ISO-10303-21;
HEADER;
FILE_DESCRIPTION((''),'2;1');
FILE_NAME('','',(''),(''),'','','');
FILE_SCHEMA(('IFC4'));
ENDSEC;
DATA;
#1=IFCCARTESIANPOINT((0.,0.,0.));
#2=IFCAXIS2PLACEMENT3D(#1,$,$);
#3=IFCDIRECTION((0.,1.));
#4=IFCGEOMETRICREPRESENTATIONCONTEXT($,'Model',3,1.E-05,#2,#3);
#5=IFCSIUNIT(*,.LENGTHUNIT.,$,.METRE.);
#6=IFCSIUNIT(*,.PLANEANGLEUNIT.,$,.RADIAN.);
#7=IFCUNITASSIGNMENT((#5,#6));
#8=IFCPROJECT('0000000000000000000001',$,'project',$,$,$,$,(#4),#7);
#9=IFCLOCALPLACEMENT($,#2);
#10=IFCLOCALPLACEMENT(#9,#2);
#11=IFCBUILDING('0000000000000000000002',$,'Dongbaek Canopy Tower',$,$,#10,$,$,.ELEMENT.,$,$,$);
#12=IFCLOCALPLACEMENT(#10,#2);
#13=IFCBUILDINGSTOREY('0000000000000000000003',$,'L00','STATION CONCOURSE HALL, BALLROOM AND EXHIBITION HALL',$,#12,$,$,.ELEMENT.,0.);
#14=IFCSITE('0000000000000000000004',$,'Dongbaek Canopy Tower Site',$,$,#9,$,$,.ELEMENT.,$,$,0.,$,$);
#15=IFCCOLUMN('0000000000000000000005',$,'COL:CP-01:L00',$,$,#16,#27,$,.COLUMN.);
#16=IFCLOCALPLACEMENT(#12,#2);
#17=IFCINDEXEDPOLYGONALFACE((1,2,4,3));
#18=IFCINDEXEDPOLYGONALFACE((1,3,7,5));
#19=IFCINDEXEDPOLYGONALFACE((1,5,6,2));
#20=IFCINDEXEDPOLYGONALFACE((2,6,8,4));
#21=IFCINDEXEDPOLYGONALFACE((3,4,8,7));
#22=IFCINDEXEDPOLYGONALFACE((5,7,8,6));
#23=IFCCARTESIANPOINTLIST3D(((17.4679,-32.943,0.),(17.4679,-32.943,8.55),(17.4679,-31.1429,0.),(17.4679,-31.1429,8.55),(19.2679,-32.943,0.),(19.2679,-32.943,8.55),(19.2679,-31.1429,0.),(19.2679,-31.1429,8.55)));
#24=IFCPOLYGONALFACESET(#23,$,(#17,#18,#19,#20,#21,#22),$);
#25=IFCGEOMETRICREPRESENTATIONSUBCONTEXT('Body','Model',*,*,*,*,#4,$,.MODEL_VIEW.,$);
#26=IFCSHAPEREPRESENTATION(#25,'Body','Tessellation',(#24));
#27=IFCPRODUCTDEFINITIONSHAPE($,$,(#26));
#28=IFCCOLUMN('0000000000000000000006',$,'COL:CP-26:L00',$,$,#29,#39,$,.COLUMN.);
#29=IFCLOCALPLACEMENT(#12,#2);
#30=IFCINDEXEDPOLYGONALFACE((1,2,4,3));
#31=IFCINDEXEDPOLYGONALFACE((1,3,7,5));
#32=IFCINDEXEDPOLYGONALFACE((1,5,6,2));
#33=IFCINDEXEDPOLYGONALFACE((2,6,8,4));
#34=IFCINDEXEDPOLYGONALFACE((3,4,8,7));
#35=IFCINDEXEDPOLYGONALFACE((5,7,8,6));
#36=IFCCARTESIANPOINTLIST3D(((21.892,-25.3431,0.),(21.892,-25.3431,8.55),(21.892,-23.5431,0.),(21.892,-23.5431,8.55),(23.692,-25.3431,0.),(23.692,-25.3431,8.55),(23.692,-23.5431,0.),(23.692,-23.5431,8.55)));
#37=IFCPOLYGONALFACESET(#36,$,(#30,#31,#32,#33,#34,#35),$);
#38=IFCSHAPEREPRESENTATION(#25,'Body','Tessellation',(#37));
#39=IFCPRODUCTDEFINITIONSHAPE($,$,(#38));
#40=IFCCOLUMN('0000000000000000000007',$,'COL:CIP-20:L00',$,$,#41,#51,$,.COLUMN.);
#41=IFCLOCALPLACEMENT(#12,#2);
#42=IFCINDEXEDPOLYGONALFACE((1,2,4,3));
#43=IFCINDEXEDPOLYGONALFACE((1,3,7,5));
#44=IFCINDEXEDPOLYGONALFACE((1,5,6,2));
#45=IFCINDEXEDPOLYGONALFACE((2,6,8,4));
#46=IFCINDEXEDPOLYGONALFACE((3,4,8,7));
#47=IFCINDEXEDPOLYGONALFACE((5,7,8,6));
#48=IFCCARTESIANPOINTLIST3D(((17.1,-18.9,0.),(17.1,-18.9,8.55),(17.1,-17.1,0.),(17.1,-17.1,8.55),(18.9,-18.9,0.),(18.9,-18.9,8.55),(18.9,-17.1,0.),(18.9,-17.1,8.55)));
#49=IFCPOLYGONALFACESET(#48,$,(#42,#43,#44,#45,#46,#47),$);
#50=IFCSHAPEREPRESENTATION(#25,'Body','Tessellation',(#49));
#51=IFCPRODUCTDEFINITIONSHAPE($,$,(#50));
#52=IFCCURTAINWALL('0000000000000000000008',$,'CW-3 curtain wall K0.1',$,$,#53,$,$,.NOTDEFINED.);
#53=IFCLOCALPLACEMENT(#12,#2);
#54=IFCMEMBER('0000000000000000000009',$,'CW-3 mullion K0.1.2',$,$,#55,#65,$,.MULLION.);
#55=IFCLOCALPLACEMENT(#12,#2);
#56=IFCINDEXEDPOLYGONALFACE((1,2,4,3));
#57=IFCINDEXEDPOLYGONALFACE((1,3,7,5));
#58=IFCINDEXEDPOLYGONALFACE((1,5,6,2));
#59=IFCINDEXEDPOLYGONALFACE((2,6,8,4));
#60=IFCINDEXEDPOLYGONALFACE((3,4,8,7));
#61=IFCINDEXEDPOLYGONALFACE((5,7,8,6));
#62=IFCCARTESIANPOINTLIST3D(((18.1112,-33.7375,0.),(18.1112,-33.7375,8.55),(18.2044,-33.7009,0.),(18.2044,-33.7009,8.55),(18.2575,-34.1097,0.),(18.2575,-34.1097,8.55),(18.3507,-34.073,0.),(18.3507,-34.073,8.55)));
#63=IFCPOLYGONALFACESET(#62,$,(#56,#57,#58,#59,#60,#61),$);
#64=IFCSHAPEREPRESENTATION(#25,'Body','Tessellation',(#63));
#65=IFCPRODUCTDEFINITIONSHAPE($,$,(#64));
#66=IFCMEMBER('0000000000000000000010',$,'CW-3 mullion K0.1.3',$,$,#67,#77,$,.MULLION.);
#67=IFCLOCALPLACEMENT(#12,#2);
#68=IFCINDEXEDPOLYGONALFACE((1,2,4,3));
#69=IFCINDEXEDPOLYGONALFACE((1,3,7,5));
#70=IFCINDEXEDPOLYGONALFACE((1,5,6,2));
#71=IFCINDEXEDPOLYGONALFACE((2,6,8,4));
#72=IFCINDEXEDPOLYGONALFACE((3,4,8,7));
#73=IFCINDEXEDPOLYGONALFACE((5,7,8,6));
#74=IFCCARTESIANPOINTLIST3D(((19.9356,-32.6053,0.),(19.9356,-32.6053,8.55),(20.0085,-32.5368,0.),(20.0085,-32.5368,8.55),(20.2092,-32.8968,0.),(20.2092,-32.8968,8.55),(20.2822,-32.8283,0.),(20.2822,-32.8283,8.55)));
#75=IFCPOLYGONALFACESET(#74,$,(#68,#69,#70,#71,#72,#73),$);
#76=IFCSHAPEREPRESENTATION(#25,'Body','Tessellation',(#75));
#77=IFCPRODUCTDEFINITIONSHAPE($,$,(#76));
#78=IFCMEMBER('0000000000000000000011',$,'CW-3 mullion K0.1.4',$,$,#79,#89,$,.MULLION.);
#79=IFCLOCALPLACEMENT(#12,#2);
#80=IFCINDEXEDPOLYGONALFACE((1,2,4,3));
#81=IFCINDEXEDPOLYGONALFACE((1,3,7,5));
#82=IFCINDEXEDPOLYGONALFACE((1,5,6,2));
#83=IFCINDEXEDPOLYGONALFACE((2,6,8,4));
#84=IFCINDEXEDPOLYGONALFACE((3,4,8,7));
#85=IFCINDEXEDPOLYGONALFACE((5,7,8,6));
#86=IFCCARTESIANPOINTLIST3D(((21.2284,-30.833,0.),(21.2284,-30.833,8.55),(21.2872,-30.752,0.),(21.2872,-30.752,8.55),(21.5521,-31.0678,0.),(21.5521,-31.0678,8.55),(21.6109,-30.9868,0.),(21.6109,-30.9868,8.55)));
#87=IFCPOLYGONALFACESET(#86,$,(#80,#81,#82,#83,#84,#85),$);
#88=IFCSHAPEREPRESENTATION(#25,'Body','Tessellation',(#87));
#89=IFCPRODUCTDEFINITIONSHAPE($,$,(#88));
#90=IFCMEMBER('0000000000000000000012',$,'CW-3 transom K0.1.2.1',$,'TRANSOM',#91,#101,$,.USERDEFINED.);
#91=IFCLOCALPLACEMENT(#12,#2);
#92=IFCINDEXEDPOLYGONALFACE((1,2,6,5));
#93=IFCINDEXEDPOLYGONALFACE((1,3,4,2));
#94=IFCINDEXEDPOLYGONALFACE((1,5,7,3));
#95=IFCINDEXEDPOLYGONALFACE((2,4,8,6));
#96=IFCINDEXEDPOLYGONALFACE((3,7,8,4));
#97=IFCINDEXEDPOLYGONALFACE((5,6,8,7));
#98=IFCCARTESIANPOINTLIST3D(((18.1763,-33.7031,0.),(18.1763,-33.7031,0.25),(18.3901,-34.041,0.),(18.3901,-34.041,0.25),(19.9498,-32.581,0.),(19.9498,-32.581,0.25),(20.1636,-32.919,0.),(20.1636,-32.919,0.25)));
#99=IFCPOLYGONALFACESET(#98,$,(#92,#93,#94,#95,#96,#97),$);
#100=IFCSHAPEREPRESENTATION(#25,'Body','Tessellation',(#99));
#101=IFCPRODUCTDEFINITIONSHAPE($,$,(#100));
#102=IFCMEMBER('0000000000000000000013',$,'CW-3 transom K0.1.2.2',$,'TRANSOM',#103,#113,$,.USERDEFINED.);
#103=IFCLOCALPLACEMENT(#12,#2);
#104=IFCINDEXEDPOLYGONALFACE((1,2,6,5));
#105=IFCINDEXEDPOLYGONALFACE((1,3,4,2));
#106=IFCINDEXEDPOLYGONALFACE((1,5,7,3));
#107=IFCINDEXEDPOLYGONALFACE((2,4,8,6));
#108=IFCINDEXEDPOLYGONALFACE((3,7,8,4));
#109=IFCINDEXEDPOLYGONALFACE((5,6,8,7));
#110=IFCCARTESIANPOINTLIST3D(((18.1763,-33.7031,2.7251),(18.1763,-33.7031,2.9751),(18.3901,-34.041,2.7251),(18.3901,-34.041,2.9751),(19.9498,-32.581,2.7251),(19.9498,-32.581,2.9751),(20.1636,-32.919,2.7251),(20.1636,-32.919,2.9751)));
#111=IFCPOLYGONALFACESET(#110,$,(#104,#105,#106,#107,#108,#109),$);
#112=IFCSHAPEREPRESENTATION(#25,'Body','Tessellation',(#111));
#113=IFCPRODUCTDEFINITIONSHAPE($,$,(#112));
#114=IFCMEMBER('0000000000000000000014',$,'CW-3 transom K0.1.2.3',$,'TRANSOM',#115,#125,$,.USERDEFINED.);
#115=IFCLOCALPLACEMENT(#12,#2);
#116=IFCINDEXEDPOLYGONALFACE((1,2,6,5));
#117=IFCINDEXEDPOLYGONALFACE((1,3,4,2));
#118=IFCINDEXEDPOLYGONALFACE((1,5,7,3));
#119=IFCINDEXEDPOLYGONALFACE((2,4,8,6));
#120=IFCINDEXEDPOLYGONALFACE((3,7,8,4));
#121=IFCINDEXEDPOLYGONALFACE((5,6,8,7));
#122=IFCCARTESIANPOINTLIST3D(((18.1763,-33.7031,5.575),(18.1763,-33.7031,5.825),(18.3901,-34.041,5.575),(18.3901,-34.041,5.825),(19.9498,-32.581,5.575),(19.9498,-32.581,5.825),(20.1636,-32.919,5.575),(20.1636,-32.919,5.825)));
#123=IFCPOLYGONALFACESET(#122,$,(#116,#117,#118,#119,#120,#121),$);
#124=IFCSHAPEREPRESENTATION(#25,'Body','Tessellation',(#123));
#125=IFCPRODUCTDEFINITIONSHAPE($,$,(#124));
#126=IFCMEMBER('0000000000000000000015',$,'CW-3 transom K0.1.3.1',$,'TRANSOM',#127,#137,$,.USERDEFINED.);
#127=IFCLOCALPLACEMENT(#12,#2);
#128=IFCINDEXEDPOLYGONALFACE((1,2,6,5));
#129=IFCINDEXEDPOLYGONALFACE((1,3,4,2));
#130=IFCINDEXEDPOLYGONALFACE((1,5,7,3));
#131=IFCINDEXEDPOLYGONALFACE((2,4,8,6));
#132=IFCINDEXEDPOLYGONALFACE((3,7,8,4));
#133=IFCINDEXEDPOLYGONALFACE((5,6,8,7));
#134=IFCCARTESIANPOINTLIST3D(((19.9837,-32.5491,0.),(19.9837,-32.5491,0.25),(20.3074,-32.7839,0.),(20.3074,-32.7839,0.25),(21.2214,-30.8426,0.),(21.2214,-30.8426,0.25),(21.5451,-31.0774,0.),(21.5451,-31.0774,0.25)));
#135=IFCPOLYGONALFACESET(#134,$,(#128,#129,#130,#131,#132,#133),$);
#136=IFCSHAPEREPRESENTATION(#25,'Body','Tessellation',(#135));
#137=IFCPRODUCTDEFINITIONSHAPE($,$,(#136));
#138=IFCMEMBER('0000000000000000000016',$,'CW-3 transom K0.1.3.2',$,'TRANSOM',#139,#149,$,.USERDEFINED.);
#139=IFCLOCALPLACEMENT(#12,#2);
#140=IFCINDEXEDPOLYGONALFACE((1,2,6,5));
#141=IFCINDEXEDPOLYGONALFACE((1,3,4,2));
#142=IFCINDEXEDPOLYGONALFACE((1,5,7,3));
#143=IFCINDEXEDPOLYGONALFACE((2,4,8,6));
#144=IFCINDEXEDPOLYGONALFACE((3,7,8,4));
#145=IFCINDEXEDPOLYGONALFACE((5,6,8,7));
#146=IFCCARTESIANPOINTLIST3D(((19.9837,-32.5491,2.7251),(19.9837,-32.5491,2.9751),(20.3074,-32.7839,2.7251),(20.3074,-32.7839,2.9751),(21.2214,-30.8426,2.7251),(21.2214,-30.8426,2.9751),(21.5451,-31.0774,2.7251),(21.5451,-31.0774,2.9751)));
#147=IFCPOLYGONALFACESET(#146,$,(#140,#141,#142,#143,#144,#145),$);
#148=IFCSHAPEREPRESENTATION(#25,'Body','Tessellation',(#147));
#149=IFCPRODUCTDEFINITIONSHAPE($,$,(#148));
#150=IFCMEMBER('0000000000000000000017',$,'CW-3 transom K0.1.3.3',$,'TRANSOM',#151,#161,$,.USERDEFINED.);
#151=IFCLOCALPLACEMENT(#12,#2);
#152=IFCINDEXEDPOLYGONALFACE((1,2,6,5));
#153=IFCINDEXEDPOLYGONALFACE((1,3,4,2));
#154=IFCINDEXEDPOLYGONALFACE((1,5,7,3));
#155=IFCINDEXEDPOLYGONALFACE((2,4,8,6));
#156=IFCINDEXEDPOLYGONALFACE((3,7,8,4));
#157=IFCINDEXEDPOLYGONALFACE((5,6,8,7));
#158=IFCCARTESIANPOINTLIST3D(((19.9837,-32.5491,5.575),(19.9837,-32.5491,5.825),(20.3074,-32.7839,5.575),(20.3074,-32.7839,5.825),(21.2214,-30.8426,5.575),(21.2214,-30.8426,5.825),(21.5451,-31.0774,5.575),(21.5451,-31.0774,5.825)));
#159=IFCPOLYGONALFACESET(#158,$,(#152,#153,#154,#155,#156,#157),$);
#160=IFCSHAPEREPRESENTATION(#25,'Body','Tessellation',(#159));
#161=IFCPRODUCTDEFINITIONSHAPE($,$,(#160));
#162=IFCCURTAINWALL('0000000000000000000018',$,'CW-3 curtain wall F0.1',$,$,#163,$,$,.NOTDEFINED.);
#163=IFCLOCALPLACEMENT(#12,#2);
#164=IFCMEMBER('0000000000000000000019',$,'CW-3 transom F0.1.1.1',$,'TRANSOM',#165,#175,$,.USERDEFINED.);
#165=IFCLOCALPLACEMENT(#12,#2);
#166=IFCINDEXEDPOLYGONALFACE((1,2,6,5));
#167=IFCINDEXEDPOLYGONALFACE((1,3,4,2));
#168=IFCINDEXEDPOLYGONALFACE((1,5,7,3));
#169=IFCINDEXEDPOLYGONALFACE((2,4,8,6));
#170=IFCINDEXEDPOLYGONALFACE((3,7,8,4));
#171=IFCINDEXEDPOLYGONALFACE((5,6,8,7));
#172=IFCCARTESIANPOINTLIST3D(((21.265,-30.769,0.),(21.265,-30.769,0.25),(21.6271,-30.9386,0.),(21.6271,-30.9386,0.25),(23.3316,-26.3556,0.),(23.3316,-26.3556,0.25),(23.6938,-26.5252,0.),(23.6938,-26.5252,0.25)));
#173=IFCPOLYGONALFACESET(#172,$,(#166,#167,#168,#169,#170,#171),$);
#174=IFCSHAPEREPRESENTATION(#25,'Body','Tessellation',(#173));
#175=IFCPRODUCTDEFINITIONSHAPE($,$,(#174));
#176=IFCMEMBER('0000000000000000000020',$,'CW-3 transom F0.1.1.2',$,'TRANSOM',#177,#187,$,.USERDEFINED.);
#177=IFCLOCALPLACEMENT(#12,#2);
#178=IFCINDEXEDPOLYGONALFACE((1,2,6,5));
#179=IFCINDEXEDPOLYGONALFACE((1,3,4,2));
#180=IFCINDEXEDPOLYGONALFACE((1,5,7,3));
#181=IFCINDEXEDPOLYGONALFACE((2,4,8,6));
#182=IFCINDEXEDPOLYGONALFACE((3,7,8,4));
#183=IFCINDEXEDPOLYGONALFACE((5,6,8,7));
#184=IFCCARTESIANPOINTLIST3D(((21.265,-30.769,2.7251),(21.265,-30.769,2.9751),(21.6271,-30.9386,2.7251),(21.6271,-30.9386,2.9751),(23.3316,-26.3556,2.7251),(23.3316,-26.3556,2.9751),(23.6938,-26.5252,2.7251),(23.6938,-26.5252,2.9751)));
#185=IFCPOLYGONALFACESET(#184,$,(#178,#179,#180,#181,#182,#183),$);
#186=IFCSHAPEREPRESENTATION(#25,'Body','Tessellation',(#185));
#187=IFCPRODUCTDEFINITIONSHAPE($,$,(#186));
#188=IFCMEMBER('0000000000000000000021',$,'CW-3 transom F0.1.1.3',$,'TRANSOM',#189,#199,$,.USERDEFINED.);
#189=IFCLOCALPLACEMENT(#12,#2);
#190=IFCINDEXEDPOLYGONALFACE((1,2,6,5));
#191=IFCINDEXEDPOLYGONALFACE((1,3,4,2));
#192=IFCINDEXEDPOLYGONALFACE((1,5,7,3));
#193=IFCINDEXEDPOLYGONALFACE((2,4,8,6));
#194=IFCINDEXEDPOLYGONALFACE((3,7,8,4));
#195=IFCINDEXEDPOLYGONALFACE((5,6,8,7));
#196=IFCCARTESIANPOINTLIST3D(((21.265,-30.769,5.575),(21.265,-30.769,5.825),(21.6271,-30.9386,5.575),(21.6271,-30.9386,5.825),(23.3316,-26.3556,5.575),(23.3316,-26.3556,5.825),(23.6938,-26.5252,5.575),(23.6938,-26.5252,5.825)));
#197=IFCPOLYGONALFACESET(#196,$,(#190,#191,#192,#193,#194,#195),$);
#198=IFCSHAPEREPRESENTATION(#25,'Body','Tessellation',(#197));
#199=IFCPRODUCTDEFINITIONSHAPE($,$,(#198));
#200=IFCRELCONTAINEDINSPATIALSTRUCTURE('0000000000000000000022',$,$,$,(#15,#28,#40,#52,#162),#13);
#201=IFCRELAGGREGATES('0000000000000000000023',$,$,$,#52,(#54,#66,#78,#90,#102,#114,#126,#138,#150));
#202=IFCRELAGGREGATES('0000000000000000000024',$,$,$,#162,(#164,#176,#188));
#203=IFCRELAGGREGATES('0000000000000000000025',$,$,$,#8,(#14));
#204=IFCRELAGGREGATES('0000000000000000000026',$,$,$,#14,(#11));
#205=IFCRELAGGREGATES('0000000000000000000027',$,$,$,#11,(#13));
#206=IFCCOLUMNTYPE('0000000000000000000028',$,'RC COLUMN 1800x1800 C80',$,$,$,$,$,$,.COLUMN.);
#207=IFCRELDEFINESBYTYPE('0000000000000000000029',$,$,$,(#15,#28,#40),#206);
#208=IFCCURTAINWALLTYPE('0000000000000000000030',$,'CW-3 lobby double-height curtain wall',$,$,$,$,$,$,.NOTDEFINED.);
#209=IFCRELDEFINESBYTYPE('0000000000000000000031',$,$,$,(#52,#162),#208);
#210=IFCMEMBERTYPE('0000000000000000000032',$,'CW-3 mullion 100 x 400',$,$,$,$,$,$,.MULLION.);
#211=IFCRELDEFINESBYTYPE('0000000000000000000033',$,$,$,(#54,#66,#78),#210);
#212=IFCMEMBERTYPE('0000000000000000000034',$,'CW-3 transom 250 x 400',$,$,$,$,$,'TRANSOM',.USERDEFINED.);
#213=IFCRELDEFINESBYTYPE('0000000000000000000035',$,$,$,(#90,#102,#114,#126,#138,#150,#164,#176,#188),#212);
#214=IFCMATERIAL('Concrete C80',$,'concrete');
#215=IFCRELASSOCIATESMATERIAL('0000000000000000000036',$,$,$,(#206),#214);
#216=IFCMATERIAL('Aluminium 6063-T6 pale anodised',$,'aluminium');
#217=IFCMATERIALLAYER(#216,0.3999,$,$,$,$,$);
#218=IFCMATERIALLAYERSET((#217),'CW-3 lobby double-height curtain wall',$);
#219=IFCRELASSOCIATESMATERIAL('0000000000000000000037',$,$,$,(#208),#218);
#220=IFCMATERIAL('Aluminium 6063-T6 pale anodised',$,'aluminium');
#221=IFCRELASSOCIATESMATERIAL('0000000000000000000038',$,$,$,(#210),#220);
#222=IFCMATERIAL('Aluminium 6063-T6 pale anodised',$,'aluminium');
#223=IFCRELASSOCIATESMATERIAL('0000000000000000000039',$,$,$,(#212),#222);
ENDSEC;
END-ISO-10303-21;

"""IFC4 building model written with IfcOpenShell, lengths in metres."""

from ifc_helpers import new_model, si_unit, direction, frame, origin, origin_2d, place, context, subcontext, project, spatial, rectangle, extrude, material, layer, layer_set, material_profile, profile_set, type_object, element, aggregate, save


model = new_model("IFC4")

# Units and contexts
model_context = context("Model", 3, precision=1e-05, world=origin(), true_north=direction((0.0, 1.0)))
body_context = subcontext(model_context, "Body", "Model", "MODEL_VIEW")
ifc_project = project(units=[si_unit("LENGTHUNIT", "METRE"), si_unit("PLANEANGLEUNIT", "RADIAN")], contexts=[model_context])

# Site, building, storey
site_placement = place(None, origin())
site = spatial("IfcSite", under=ifc_project, at=site_placement, Name="Dongbaek Canopy Tower Site", CompositionType="ELEMENT", RefElevation=0.0)
building_placement = place(site_placement, origin())
building = spatial("IfcBuilding", under=site, at=building_placement, Name="Dongbaek Canopy Tower", CompositionType="ELEMENT")
storey_placement = place(building_placement, origin())
storey = spatial("IfcBuildingStorey", under=building, at=storey_placement, Name="L00", Description="STATION CONCOURSE HALL, BALLROOM AND EXHIBITION HALL", CompositionType="ELEMENT", Elevation=0.0)

# Columns
ifc_material_1 = material(Name="Concrete C80", Category="concrete")
ifc_material_profile_1 = material_profile(ifc_material_1, rectangle(XDim=1.8, YDim=1.8, at=origin_2d()), Name="RC COLUMN 1800x1800 C80")
ifc_profile_set_1 = profile_set([ifc_material_profile_1], Name="Concrete C80")
column_type = type_object("IfcColumnType", Name="RC COLUMN 1800x1800 C80", PredefinedType="COLUMN", material=ifc_profile_set_1)
for number, where, z_axis, x_axis, name in (
    (1, (18.3679, -32.043, 0.0), (0.0, 0.0, 1.0), (1.0, 0.0, 0.0), "COL:CP-01:L00"),
    (2, (22.792, -24.4431, 0.0), (0.0, 0.0, 1.0), (1.0, 0.0, 0.0), "COL:CP-26:L00"),
    (3, (18.0, -18.0, 0.0), (0.0, 0.0, 1.0), (1.0, 0.0, 0.0), "COL:CIP-20:L00"),
):
    element("IfcColumn", number, at=place(storey_placement, frame(where, z_axis=z_axis, x_axis=x_axis)), inside=storey, type_object=column_type, Name=name, PredefinedType="COLUMN", context=body_context, shape_type="SweptSolid", body=[
        extrude(rectangle(XDim=1.8, YDim=1.8, at=origin_2d()), origin(), (0.0, 0.0, 1.0), 8.55),
    ])

# Curtain walls, members
ifc_material_2 = material(Name="Aluminium 6063-T6 pale anodised", Category="aluminium")
ifc_layer_1 = layer(ifc_material_2, 0.3999)
ifc_layer_set_1 = layer_set([ifc_layer_1], Name="CW-3 lobby double-height curtain wall")
curtain_wall_type = type_object("IfcCurtainWallType", Name="CW-3 lobby double-height curtain wall", PredefinedType="NOTDEFINED", material=ifc_layer_set_1)
curtain_wall_1_placement = place(storey_placement, origin())
curtain_wall_1 = element("IfcCurtainWall", 4, at=curtain_wall_1_placement, inside=storey, type_object=curtain_wall_type, Name="CW-3 curtain wall K0.1", PredefinedType="NOTDEFINED")
ifc_material_3 = material(Name="Aluminium 6063-T6 pale anodised", Category="aluminium")
ifc_material_profile_2 = material_profile(ifc_material_3, rectangle(XDim=0.3999, YDim=0.1001, at=origin_2d()), Name="CW-3 mullion 100 x 400")
ifc_profile_set_2 = profile_set([ifc_material_profile_2], Name="Aluminium 6063-T6 pale anodised")
member_type_1 = type_object("IfcMemberType", Name="CW-3 mullion 100 x 400", PredefinedType="MULLION", material=ifc_profile_set_2)
member_1_placement = place(storey_placement, frame((18.231, -33.9053, 0.0), z_axis=(0.0, 0.0, 1.0), x_axis=(0.365922, -0.930645, 0.0)))
member_1 = element("IfcMember", 5, at=member_1_placement, type_object=member_type_1, Name="CW-3 mullion K0.1.2", PredefinedType="MULLION", context=body_context, shape_type="SweptSolid", body=[
    extrude(rectangle(XDim=0.3999, YDim=0.1001, at=origin_2d()), origin(), (0.0, 0.0, 1.0), 8.55),
])
member_2_placement = place(storey_placement, frame((20.1089, -32.7168, 0.0), z_axis=(0.0, 0.0, 1.0), x_axis=(0.684351, -0.729153, 0.0)))
member_2 = element("IfcMember", 6, at=member_2_placement, type_object=member_type_1, Name="CW-3 mullion K0.1.3", PredefinedType="MULLION", context=body_context, shape_type="SweptSolid", body=[
    extrude(rectangle(XDim=0.3999, YDim=0.1001, at=origin_2d()), origin(), (0.0, 0.0, 1.0), 8.55),
])
member_3_placement = place(storey_placement, frame((21.4197, -30.9099, 0.0), z_axis=(0.0, 0.0, 1.0), x_axis=(0.809475, -0.587154, 0.0)))
member_3 = element("IfcMember", 7, at=member_3_placement, type_object=member_type_1, Name="CW-3 mullion K0.1.4", PredefinedType="MULLION", context=body_context, shape_type="SweptSolid", body=[
    extrude(rectangle(XDim=0.3999, YDim=0.1001, at=origin_2d()), origin(), (0.0, 0.0, 1.0), 8.55),
])
ifc_material_4 = material(Name="Aluminium 6063-T6 pale anodised", Category="aluminium")
ifc_material_profile_3 = material_profile(ifc_material_4, rectangle(XDim=0.3999, YDim=0.25, at=origin_2d()), Name="CW-3 transom 250 x 400")
ifc_profile_set_3 = profile_set([ifc_material_profile_3], Name="Aluminium 6063-T6 pale anodised")
member_type_2 = type_object("IfcMemberType", Name="CW-3 transom 250 x 400", ElementType="TRANSOM", PredefinedType="USERDEFINED", material=ifc_profile_set_3)
member_4_placement = place(storey_placement, frame((18.2832, -33.8721, 0.125), z_axis=(0.845057, 0.534676, 0.0), x_axis=(-0.534676, 0.845057, 0.0)))
member_4 = element("IfcMember", 8, at=member_4_placement, type_object=member_type_2, Name="CW-3 transom K0.1.2.1", ObjectType="TRANSOM", PredefinedType="USERDEFINED", context=body_context, shape_type="SweptSolid", body=[
    extrude(rectangle(XDim=0.3999, YDim=0.25, at=origin_2d()), origin(), (0.0, 0.0, 1.0), 2.0986),
])
member_5_placement = place(storey_placement, frame((18.2832, -33.8721, 2.8501), z_axis=(0.845057, 0.534676, 0.0), x_axis=(-0.534676, 0.845057, 0.0)))
member_5 = element("IfcMember", 9, at=member_5_placement, type_object=member_type_2, Name="CW-3 transom K0.1.2.2", ObjectType="TRANSOM", PredefinedType="USERDEFINED", context=body_context, shape_type="SweptSolid", body=[
    extrude(rectangle(XDim=0.3999, YDim=0.25, at=origin_2d()), origin(), (0.0, 0.0, 1.0), 2.0986),
])
member_6_placement = place(storey_placement, frame((18.2832, -33.8721, 5.7), z_axis=(0.845057, 0.534676, 0.0), x_axis=(-0.534676, 0.845057, 0.0)))
member_6 = element("IfcMember", 10, at=member_6_placement, type_object=member_type_2, Name="CW-3 transom K0.1.2.3", ObjectType="TRANSOM", PredefinedType="USERDEFINED", context=body_context, shape_type="SweptSolid", body=[
    extrude(rectangle(XDim=0.3999, YDim=0.25, at=origin_2d()), origin(), (0.0, 0.0, 1.0), 2.0986),
])
member_7_placement = place(storey_placement, frame((20.1455, -32.6665, 0.125), z_axis=(0.587138, 0.809487, 0.0), x_axis=(-0.809487, 0.587138, 0.0)))
member_7 = element("IfcMember", 11, at=member_7_placement, type_object=member_type_2, Name="CW-3 transom K0.1.3.1", ObjectType="TRANSOM", PredefinedType="USERDEFINED", context=body_context, shape_type="SweptSolid", body=[
    extrude(rectangle(XDim=0.3999, YDim=0.25, at=origin_2d()), origin(), (0.0, 0.0, 1.0), 2.1082),
])
member_8_placement = place(storey_placement, frame((20.1455, -32.6665, 2.8501), z_axis=(0.587138, 0.809487, 0.0), x_axis=(-0.809487, 0.587138, 0.0)))
member_8 = element("IfcMember", 12, at=member_8_placement, type_object=member_type_2, Name="CW-3 transom K0.1.3.2", ObjectType="TRANSOM", PredefinedType="USERDEFINED", context=body_context, shape_type="SweptSolid", body=[
    extrude(rectangle(XDim=0.3999, YDim=0.25, at=origin_2d()), origin(), (0.0, 0.0, 1.0), 2.1082),
])
member_9_placement = place(storey_placement, frame((20.1455, -32.6665, 5.7), z_axis=(0.587138, 0.809487, 0.0), x_axis=(-0.809487, 0.587138, 0.0)))
member_9 = element("IfcMember", 13, at=member_9_placement, type_object=member_type_2, Name="CW-3 transom K0.1.3.3", ObjectType="TRANSOM", PredefinedType="USERDEFINED", context=body_context, shape_type="SweptSolid", body=[
    extrude(rectangle(XDim=0.3999, YDim=0.25, at=origin_2d()), origin(), (0.0, 0.0, 1.0), 2.1082),
])
curtain_wall_2_placement = place(storey_placement, origin())
curtain_wall_2 = element("IfcCurtainWall", 14, at=curtain_wall_2_placement, inside=storey, type_object=curtain_wall_type, Name="CW-3 curtain wall F0.1", PredefinedType="NOTDEFINED")
member_10_placement = place(storey_placement, frame((21.446, -30.8538, 0.125), z_axis=(0.424081, 0.905624, 0.0), x_axis=(-0.905624, 0.424081, 0.0)))
member_10 = element("IfcMember", 15, at=member_10_placement, type_object=member_type_2, Name="CW-3 transom F0.1.1.1", ObjectType="TRANSOM", PredefinedType="USERDEFINED", context=body_context, shape_type="SweptSolid", body=[
    extrude(rectangle(XDim=0.3999, YDim=0.25, at=origin_2d()), origin(), (0.0, 0.0, 1.0), 4.8733),
])
member_11_placement = place(storey_placement, frame((21.446, -30.8538, 2.8501), z_axis=(0.424081, 0.905624, 0.0), x_axis=(-0.905624, 0.424081, 0.0)))
member_11 = element("IfcMember", 16, at=member_11_placement, type_object=member_type_2, Name="CW-3 transom F0.1.1.2", ObjectType="TRANSOM", PredefinedType="USERDEFINED", context=body_context, shape_type="SweptSolid", body=[
    extrude(rectangle(XDim=0.3999, YDim=0.25, at=origin_2d()), origin(), (0.0, 0.0, 1.0), 4.8733),
])
member_12_placement = place(storey_placement, frame((21.446, -30.8538, 5.7), z_axis=(0.424081, 0.905624, 0.0), x_axis=(-0.905624, 0.424081, 0.0)))
member_12 = element("IfcMember", 17, at=member_12_placement, type_object=member_type_2, Name="CW-3 transom F0.1.1.3", ObjectType="TRANSOM", PredefinedType="USERDEFINED", context=body_context, shape_type="SweptSolid", body=[
    extrude(rectangle(XDim=0.3999, YDim=0.25, at=origin_2d()), origin(), (0.0, 0.0, 1.0), 4.8733),
])

aggregate(curtain_wall_1, [member_1, member_2, member_3, member_4, member_5, member_6, member_7, member_8, member_9])
aggregate(curtain_wall_2, [member_10, member_11, member_12])

save(model, "model.ifc")
